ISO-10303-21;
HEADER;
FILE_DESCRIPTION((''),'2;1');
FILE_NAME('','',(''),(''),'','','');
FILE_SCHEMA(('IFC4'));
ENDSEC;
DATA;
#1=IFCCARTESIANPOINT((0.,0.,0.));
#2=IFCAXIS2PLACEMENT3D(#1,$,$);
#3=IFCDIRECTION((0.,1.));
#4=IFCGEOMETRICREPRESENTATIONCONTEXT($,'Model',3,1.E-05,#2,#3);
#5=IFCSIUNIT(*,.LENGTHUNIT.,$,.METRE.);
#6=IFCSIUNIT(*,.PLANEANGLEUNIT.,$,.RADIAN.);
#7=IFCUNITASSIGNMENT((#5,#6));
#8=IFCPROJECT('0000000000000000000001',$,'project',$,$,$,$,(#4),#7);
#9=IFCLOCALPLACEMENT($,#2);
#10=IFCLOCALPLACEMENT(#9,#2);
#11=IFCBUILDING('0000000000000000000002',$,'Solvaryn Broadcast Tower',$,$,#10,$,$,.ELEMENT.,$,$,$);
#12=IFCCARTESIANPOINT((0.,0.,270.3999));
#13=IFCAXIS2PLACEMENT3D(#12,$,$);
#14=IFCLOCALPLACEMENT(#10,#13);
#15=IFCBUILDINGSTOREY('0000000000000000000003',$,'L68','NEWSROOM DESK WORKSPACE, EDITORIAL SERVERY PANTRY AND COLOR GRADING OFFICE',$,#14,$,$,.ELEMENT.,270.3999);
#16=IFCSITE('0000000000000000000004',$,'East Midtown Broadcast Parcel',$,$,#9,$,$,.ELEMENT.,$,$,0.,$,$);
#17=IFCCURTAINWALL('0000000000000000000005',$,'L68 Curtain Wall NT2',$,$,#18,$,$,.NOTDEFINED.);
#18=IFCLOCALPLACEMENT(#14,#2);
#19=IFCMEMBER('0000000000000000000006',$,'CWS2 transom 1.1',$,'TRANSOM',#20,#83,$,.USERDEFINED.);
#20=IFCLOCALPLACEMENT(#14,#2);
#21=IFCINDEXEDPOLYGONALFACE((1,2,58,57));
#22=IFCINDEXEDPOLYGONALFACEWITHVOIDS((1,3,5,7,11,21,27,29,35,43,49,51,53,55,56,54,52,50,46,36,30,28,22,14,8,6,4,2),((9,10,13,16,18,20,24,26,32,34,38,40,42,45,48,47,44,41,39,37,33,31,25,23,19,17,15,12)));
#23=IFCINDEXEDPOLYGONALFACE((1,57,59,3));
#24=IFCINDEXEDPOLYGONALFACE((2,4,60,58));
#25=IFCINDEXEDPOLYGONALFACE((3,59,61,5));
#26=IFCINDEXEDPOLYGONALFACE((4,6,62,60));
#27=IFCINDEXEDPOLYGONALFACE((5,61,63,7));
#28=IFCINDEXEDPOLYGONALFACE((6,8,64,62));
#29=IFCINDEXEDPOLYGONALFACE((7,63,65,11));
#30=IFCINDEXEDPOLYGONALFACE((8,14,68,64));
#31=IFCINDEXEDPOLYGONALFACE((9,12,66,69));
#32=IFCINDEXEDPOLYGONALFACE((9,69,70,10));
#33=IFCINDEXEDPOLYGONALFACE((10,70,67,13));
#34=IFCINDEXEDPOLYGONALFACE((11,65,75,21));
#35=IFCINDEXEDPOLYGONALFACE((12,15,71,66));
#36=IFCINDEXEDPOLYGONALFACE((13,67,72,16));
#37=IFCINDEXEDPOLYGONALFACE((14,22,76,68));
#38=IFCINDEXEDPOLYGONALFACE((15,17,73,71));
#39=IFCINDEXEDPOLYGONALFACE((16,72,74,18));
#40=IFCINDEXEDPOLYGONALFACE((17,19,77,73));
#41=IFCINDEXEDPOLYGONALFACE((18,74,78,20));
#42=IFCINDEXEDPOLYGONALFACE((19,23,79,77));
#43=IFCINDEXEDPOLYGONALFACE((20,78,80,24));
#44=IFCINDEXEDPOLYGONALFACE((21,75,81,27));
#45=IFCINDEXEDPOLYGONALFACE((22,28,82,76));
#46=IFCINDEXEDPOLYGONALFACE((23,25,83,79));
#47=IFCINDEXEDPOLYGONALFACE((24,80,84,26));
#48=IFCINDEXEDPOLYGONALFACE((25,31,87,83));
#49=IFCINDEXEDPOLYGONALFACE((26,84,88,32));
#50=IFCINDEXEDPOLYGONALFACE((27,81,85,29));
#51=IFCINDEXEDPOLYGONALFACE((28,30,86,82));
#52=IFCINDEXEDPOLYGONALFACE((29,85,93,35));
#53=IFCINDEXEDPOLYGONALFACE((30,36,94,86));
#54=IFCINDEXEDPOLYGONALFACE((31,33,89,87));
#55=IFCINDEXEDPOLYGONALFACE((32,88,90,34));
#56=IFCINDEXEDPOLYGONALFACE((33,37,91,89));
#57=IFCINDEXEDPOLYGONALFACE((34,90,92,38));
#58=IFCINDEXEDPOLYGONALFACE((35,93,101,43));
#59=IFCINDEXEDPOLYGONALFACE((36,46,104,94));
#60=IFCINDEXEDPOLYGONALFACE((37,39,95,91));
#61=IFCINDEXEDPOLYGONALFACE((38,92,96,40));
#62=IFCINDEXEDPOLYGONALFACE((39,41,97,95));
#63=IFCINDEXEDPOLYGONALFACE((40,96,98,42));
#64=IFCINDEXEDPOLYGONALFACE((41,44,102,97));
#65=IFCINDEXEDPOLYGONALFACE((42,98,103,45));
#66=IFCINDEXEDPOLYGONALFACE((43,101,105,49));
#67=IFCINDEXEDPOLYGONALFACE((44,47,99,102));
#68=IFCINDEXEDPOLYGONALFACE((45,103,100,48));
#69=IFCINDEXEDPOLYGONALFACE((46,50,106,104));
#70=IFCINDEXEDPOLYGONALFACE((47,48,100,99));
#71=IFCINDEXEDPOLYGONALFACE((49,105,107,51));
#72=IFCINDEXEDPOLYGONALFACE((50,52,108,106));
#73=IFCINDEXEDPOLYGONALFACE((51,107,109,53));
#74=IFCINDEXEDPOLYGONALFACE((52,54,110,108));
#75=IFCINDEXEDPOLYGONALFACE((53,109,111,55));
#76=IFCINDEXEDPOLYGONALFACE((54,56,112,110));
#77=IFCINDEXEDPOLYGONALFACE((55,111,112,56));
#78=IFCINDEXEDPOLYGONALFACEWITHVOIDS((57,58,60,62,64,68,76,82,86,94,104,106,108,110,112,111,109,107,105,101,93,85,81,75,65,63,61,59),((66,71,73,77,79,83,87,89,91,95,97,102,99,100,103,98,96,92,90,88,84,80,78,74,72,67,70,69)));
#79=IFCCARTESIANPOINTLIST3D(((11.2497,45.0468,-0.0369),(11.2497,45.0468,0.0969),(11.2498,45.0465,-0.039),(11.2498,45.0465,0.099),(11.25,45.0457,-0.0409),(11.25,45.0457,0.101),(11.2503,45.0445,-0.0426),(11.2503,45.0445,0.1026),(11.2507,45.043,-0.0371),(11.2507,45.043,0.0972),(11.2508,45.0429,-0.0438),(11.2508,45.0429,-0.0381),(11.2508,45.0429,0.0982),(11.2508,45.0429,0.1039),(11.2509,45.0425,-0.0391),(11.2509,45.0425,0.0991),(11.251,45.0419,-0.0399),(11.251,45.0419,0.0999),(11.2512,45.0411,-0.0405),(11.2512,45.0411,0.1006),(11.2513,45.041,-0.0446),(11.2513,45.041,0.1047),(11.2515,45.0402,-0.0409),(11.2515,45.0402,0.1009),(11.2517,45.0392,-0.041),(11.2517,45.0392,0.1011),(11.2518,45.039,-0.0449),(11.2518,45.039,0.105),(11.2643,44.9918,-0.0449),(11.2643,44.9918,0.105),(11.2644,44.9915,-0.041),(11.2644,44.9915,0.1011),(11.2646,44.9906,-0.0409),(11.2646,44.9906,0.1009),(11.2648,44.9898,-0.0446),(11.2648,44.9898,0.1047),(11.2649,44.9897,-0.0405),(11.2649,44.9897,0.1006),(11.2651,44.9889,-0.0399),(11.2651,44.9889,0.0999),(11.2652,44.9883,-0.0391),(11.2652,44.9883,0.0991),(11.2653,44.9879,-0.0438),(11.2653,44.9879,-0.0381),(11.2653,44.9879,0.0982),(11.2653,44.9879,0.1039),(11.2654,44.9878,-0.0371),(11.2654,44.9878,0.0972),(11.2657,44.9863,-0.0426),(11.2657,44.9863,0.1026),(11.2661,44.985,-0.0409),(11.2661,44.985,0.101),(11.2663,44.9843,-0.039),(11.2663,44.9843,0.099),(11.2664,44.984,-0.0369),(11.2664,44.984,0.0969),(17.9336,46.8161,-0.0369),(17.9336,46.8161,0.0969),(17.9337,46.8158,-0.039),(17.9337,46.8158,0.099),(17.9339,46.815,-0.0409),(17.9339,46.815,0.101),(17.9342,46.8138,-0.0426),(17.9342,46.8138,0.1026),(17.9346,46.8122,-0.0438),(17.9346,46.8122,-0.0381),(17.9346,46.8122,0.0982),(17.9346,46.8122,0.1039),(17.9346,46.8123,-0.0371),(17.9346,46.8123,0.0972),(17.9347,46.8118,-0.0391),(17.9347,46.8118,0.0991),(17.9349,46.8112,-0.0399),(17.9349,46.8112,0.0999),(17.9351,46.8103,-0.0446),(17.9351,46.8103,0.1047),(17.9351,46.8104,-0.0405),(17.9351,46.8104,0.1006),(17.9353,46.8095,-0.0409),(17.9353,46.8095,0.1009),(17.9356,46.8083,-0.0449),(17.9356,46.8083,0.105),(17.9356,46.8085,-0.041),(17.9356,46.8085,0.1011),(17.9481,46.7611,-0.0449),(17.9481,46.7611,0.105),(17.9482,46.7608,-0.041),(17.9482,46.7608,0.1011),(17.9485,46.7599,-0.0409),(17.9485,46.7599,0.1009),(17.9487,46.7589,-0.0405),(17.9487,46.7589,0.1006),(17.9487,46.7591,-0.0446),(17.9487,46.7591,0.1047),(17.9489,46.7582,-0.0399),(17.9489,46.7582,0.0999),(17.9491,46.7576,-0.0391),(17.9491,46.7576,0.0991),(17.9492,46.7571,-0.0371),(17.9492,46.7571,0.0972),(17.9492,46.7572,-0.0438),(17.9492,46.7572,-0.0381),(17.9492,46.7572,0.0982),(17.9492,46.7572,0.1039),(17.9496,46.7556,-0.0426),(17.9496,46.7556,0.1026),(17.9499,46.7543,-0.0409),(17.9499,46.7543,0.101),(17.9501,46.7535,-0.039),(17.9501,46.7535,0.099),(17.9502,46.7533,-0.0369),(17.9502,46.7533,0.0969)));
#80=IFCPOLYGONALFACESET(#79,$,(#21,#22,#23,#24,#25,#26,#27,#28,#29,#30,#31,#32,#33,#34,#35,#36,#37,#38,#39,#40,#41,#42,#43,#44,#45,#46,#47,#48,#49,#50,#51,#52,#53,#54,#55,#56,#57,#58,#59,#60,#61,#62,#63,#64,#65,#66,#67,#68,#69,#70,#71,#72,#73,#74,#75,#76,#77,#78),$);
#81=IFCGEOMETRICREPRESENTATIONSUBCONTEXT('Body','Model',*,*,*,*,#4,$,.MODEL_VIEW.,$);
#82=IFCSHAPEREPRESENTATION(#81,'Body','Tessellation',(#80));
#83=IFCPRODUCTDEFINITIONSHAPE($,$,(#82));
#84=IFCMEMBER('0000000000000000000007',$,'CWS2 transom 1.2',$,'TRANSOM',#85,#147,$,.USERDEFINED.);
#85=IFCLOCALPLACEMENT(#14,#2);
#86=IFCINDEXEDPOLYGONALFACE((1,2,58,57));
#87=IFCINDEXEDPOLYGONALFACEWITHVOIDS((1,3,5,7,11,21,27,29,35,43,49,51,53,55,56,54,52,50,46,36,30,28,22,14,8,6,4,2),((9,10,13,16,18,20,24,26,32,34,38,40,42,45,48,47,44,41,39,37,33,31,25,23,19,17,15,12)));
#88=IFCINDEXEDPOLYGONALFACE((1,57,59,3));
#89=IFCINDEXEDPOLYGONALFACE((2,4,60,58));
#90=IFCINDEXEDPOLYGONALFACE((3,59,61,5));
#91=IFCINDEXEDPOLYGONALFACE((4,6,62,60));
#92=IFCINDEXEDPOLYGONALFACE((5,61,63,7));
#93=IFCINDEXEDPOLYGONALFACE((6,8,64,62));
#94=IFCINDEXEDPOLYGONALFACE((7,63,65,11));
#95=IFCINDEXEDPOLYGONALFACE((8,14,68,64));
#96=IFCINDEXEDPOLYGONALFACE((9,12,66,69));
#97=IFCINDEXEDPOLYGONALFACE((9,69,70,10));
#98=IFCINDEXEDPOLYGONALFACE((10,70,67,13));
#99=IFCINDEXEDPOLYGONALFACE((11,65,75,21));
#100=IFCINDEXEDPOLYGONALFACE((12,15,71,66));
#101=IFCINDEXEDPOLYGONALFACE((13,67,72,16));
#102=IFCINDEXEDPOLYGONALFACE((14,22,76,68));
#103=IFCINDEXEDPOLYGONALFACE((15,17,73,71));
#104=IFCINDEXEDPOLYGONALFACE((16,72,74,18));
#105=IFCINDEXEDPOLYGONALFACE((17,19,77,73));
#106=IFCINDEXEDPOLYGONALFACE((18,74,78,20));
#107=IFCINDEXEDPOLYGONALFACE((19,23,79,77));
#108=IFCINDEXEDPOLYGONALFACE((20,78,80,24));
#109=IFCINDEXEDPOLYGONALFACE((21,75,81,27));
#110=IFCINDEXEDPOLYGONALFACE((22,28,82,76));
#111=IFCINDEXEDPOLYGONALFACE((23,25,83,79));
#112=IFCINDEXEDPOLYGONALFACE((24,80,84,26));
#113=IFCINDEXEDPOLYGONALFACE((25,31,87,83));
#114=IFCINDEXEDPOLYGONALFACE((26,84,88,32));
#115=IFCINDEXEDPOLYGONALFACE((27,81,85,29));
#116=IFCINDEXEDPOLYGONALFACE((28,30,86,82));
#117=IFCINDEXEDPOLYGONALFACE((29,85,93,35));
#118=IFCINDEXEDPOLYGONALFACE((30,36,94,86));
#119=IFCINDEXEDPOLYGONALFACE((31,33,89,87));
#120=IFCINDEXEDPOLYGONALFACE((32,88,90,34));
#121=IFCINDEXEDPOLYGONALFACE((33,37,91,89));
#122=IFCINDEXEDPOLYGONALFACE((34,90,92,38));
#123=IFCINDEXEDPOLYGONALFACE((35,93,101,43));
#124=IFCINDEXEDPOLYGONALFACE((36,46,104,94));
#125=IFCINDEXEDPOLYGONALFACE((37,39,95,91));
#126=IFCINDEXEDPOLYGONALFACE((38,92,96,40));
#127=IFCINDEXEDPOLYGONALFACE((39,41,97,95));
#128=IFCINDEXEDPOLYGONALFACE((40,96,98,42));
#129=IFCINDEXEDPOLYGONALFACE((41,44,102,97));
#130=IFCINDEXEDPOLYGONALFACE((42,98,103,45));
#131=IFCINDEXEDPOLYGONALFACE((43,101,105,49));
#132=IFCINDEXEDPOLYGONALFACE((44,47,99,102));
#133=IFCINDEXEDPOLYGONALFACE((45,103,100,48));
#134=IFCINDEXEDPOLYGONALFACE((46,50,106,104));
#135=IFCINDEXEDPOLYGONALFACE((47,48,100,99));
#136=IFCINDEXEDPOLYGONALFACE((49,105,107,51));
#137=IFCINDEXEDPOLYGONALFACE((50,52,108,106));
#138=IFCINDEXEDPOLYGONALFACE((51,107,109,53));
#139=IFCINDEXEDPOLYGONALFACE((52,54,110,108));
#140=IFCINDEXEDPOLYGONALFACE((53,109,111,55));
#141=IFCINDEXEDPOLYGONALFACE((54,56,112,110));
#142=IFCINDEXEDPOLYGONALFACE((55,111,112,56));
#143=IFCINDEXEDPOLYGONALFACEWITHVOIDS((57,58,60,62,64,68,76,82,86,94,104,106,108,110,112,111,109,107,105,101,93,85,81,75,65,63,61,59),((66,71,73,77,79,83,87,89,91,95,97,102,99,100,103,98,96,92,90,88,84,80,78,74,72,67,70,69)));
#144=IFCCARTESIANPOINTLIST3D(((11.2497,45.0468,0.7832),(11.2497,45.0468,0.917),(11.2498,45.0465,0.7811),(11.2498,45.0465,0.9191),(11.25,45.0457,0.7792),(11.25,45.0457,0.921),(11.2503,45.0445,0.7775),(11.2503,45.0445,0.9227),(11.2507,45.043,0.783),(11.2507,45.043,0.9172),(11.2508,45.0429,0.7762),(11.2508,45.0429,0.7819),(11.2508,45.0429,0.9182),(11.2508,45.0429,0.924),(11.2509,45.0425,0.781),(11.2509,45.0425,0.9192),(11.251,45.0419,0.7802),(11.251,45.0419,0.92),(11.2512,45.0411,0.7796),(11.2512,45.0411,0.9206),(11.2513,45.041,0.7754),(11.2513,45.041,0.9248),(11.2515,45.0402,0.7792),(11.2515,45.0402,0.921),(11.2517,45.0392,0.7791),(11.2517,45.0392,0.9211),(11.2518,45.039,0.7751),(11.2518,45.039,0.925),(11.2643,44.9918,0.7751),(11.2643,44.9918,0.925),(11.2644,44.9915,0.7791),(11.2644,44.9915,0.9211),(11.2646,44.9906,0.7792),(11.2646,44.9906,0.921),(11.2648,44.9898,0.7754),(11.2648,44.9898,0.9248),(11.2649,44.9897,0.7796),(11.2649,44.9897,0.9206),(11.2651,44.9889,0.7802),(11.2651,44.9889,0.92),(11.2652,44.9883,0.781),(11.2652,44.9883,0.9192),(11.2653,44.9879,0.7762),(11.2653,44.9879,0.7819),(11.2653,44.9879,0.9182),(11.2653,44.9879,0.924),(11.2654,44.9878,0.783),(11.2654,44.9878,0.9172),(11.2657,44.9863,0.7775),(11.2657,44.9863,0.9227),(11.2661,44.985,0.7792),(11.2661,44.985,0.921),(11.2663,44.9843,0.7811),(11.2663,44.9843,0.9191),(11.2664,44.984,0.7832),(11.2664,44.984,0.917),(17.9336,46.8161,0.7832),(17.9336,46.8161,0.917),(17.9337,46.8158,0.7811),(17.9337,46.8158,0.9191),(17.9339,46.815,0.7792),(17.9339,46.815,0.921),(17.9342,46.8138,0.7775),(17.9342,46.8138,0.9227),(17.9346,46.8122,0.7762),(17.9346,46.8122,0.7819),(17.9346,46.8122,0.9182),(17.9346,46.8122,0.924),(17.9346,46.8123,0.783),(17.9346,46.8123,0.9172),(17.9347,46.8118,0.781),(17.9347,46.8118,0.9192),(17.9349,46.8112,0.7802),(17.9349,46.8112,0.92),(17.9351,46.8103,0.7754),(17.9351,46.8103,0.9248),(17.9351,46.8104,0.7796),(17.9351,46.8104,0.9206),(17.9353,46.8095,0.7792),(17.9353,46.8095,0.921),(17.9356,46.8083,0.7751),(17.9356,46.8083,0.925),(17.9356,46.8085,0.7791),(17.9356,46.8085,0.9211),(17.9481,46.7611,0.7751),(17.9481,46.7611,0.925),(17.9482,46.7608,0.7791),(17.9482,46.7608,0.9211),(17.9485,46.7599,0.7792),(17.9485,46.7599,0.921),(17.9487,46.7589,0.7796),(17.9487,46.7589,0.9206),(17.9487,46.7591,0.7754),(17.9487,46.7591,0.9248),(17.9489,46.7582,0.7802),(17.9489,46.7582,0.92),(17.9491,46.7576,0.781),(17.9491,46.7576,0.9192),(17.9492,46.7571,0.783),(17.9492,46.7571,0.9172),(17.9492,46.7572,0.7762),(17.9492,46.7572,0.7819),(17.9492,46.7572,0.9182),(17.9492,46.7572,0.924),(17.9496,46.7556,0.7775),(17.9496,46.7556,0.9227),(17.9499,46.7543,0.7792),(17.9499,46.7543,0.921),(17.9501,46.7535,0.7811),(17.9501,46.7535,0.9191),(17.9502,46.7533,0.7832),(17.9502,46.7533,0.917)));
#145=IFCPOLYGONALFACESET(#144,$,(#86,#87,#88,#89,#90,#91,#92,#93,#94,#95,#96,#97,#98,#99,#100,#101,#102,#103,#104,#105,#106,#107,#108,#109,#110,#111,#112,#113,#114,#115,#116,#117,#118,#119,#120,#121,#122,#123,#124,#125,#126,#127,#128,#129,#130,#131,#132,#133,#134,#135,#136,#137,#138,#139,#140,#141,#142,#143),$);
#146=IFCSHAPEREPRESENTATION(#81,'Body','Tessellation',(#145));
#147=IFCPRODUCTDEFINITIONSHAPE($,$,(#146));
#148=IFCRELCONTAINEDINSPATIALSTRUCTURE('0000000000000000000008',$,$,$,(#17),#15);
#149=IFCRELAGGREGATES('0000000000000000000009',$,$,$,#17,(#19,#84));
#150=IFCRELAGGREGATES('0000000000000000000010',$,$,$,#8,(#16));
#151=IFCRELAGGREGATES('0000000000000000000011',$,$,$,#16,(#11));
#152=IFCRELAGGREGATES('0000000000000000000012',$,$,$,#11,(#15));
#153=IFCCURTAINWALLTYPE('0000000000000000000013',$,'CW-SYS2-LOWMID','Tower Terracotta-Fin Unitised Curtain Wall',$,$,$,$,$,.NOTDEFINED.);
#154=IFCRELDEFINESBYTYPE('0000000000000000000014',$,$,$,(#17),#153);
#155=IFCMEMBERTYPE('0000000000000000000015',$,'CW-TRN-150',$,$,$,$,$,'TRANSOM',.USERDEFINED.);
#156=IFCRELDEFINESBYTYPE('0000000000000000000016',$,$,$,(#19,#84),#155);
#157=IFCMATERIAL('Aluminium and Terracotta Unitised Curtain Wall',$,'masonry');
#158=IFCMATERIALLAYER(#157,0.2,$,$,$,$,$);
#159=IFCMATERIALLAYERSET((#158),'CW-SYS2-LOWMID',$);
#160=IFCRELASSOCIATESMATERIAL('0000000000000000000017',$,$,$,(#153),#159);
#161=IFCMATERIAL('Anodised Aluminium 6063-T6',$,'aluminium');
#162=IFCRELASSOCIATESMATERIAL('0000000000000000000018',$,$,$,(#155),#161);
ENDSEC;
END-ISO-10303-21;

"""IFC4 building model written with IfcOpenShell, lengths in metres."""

from ifc_helpers import new_model, si_unit, direction, frame, origin, origin_2d, place, context, subcontext, project, spatial, hollow_rectangle, extrude, material, layer, layer_set, material_profile, profile_set, type_object, element, aggregate, save


model = new_model("IFC4")

# Units and contexts
model_context = context("Model", 3, precision=1e-05, world=origin(), true_north=direction((0.0, 1.0)))
body_context = subcontext(model_context, "Body", "Model", "MODEL_VIEW")
ifc_project = project(units=[si_unit("LENGTHUNIT", "METRE"), si_unit("PLANEANGLEUNIT", "RADIAN")], contexts=[model_context])

# Site, building, storey
site_placement = place(None, origin())
site = spatial("IfcSite", under=ifc_project, at=site_placement, Name="East Midtown Broadcast Parcel", CompositionType="ELEMENT", RefElevation=0.0)
building_placement = place(site_placement, origin())
building = spatial("IfcBuilding", under=site, at=building_placement, Name="Solvaryn Broadcast Tower", CompositionType="ELEMENT")
storey_placement = place(building_placement, frame((0.0, 0.0, 270.3999)))
storey = spatial("IfcBuildingStorey", under=building, at=storey_placement, Name="L68", Description="NEWSROOM DESK WORKSPACE, EDITORIAL SERVERY PANTRY AND COLOR GRADING OFFICE", CompositionType="ELEMENT", Elevation=270.3999)

# Shared definitions
ifc_material_1 = material(Name="Aluminium and Terracotta Unitised Curtain Wall", Category="masonry")
ifc_layer_1 = layer(ifc_material_1, 0.2)
ifc_layer_set_1 = layer_set([ifc_layer_1], Name="CW-SYS2-LOWMID")
curtain_wall_type = type_object("IfcCurtainWallType", Name="CW-SYS2-LOWMID", Description="Tower Terracotta-Fin Unitised Curtain Wall", PredefinedType="NOTDEFINED", material=ifc_layer_set_1)

# Curtain wall
curtain_wall_1_placement = place(storey_placement, origin())
curtain_wall_1 = element("IfcCurtainWall", 1, at=curtain_wall_1_placement, inside=storey, type_object=curtain_wall_type, Name="L68 Curtain Wall NT2", PredefinedType="NOTDEFINED")

# Members
ifc_material_2 = material(Name="Anodised Aluminium 6063-T6", Category="aluminium")
ifc_material_profile_1 = material_profile(ifc_material_2, hollow_rectangle(XDim=0.0649, YDim=0.1499, WallThickness=0.0039, InnerFilletRadius=0.0039, OuterFilletRadius=0.0081, at=origin_2d()))
ifc_profile_set_1 = profile_set([ifc_material_profile_1], Name="Anodised Aluminium 6063-T6")
member_type_1 = type_object("IfcMemberType", Name="CW-TRN-150", ElementType="TRANSOM", PredefinedType="USERDEFINED", material=ifc_profile_set_1)
member_1_placement = place(storey_placement, frame((17.9419, 46.7847, 0.03), z_axis=(-0.966704, -0.255897, 0.0), x_axis=(0.255897, -0.966704, 0.0)))
member_1 = element("IfcMember", 2, at=member_1_placement, type_object=member_type_1, Name="CWS2 transom 1.1", ObjectType="TRANSOM", PredefinedType="USERDEFINED", context=body_context, shape_type="SweptSolid", body=[
    extrude(hollow_rectangle(XDim=0.0649, YDim=0.1499, WallThickness=0.0039, InnerFilletRadius=0.0039, OuterFilletRadius=0.0081, at=origin_2d()), origin(), (0.0, 0.0, 1.0), 6.9141),
])
member_2_placement = place(storey_placement, frame((17.9419, 46.7847, 0.8501), z_axis=(-0.966704, -0.255897, 0.0), x_axis=(0.255897, -0.966704, 0.0)))
member_2 = element("IfcMember", 3, at=member_2_placement, type_object=member_type_1, Name="CWS2 transom 1.2", ObjectType="TRANSOM", PredefinedType="USERDEFINED", context=body_context, shape_type="SweptSolid", body=[
    extrude(hollow_rectangle(XDim=0.0649, YDim=0.1499, WallThickness=0.0039, InnerFilletRadius=0.0039, OuterFilletRadius=0.0081, at=origin_2d()), origin(), (0.0, 0.0, 1.0), 6.9141),
])

aggregate(curtain_wall_1, [member_1, member_2])

save(model, "model.ifc")
